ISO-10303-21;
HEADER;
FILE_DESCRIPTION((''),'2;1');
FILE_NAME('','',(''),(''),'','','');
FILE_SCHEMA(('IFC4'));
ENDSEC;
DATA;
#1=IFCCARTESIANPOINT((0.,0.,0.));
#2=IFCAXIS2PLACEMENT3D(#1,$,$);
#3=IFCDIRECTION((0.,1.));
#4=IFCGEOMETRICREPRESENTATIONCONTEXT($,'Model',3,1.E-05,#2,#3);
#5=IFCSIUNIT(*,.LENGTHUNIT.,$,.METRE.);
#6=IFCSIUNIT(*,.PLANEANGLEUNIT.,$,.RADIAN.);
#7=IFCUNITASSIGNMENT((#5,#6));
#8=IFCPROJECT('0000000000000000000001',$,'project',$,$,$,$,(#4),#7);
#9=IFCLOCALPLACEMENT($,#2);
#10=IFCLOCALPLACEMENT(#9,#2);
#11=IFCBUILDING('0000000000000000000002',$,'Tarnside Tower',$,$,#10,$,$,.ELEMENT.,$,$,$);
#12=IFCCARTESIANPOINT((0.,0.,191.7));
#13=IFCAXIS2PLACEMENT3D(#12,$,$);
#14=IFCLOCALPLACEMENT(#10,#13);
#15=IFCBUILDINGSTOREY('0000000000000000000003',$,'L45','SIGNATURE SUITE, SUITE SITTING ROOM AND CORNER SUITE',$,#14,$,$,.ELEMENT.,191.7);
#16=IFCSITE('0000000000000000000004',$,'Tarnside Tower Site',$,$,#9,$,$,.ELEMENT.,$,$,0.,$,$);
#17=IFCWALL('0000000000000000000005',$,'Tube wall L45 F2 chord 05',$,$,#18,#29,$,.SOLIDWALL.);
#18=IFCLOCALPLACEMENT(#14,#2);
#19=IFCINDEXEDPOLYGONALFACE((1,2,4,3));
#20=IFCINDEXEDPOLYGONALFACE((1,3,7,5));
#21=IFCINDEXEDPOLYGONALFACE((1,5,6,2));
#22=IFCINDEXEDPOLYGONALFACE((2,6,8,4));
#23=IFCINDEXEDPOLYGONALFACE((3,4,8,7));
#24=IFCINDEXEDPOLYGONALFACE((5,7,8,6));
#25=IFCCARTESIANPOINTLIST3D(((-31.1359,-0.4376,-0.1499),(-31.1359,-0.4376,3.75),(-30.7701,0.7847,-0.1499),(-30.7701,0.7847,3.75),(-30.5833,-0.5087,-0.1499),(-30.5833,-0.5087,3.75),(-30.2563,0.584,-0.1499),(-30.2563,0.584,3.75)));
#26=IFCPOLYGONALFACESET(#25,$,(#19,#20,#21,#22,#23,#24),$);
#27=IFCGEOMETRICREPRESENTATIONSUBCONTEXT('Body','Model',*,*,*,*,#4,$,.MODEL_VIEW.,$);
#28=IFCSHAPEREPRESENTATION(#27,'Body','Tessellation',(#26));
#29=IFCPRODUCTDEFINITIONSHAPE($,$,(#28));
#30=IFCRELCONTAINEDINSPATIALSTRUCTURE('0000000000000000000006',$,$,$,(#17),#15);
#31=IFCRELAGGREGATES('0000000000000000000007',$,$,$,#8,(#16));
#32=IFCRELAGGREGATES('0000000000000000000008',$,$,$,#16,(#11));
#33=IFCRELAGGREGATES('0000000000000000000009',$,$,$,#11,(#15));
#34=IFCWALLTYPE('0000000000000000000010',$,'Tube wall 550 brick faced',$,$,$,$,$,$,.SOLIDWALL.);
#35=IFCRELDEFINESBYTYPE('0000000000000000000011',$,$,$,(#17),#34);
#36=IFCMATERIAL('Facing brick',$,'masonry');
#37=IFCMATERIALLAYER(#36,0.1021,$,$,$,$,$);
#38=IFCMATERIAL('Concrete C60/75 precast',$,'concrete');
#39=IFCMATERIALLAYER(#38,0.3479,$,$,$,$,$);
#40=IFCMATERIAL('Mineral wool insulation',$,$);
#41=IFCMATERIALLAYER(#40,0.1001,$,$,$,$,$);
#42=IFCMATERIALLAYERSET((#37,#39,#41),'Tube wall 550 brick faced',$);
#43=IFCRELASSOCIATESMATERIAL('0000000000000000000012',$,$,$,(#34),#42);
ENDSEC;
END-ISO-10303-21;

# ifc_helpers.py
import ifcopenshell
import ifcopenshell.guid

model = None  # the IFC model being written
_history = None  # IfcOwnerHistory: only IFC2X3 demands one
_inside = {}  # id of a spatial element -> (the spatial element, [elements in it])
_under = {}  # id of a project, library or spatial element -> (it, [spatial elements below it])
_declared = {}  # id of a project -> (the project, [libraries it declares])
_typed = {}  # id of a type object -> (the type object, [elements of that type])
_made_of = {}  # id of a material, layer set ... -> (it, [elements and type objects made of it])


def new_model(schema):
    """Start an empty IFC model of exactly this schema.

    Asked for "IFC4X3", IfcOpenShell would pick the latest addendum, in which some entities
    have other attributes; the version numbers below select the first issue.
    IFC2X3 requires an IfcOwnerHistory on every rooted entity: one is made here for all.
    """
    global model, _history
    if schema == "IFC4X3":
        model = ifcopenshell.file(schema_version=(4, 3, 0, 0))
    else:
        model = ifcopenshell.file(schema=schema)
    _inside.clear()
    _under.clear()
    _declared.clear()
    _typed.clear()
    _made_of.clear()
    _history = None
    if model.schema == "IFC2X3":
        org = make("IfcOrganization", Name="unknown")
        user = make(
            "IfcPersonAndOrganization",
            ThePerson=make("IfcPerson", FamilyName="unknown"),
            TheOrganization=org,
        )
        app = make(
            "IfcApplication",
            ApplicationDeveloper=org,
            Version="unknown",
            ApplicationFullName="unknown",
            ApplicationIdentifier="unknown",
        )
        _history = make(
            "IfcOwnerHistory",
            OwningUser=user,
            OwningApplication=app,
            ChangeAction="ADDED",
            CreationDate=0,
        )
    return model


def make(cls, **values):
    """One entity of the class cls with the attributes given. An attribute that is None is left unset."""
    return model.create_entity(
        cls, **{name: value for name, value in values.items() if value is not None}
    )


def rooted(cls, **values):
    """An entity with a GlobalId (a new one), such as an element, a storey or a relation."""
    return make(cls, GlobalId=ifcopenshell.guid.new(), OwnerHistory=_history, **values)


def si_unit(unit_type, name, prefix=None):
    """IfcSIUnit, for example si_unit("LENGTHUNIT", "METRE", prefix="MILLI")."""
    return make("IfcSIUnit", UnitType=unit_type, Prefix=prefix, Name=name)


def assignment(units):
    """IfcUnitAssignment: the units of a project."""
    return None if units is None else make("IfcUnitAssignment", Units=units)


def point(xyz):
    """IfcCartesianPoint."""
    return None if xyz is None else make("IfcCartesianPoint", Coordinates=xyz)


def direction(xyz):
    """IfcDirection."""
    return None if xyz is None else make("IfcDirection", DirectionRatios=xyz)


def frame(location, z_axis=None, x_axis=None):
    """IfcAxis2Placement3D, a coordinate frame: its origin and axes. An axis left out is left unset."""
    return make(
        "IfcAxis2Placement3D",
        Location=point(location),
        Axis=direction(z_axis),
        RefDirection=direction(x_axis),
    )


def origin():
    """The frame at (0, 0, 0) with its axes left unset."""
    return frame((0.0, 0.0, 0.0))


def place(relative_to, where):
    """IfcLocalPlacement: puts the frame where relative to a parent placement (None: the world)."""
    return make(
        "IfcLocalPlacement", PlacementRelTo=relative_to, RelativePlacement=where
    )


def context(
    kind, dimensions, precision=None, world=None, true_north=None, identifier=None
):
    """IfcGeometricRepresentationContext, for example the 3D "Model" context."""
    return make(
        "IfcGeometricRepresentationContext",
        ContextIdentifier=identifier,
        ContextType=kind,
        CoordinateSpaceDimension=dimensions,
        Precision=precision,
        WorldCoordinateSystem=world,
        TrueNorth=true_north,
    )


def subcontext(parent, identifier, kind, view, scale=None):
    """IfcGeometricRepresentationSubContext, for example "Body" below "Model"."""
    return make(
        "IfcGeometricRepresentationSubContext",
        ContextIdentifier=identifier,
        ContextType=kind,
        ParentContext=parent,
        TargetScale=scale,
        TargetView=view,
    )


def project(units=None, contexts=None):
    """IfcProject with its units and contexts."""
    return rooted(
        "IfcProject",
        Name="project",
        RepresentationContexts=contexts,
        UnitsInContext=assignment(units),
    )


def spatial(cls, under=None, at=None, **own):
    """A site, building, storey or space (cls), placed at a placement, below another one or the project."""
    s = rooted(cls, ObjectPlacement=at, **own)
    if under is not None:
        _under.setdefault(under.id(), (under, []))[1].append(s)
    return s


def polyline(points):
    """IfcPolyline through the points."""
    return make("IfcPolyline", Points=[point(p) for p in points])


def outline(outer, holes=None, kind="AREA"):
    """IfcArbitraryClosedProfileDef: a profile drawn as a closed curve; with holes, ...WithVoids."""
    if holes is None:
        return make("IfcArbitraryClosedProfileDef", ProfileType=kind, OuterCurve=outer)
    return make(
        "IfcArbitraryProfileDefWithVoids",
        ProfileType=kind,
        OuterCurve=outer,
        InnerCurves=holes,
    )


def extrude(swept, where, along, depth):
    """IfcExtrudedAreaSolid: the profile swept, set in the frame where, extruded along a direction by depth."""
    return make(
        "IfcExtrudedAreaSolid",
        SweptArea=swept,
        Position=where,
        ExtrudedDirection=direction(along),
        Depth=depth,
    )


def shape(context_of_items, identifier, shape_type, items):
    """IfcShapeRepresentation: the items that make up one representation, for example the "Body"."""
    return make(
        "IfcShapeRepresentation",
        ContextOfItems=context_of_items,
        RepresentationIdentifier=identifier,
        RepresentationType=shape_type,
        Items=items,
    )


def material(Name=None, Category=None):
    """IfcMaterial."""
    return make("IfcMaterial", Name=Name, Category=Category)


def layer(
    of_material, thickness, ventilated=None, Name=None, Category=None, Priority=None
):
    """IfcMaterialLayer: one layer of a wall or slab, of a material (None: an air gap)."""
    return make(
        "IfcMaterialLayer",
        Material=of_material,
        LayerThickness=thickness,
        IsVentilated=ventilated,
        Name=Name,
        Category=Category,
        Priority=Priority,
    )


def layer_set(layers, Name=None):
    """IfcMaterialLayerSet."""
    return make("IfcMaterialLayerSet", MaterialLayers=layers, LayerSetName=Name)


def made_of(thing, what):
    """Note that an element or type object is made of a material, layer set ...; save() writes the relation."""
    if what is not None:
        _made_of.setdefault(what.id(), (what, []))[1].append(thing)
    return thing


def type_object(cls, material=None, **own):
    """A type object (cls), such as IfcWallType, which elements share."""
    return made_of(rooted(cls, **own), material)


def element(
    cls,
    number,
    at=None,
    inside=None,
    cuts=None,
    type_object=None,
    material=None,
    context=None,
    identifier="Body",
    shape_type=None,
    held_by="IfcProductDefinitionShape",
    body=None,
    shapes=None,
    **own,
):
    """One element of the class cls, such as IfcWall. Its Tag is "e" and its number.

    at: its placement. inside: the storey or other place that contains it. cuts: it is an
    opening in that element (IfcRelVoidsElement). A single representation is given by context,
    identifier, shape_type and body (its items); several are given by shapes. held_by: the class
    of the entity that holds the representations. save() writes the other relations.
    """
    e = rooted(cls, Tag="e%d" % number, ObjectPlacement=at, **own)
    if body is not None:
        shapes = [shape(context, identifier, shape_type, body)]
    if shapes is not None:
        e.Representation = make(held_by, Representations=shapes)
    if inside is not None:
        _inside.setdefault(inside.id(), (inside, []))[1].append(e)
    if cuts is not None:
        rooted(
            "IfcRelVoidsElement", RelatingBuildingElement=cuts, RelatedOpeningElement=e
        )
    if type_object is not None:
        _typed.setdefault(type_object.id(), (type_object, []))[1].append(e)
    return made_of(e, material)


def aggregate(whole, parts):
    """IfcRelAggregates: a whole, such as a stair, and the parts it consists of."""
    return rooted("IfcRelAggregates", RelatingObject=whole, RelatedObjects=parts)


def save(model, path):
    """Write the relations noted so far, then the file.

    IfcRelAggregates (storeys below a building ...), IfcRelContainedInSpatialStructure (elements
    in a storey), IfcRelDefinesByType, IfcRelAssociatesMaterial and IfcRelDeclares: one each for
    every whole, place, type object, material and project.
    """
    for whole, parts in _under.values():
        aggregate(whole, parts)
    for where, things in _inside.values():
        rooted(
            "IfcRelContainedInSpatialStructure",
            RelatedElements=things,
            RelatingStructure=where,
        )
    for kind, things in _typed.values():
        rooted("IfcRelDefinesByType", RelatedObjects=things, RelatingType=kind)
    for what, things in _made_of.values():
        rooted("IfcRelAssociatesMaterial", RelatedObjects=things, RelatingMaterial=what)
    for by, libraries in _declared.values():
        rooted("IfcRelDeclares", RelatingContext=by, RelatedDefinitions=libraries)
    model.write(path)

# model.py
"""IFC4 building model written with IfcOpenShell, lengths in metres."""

from ifc_helpers import new_model, si_unit, direction, frame, origin, place, context, subcontext, project, spatial, polyline, outline, extrude, material, layer, layer_set, type_object, element, save


model = new_model("IFC4")

# Units and contexts
model_context = context("Model", 3, precision=1e-05, world=origin(), true_north=direction((0.0, 1.0)))
body_context = subcontext(model_context, "Body", "Model", "MODEL_VIEW")
ifc_project = project(units=[si_unit("LENGTHUNIT", "METRE"), si_unit("PLANEANGLEUNIT", "RADIAN")], contexts=[model_context])

# Site, building, storey
site_placement = place(None, origin())
site = spatial("IfcSite", under=ifc_project, at=site_placement, Name="Tarnside Tower Site", CompositionType="ELEMENT", RefElevation=0.0)
building_placement = place(site_placement, origin())
building = spatial("IfcBuilding", under=site, at=building_placement, Name="Tarnside Tower", CompositionType="ELEMENT")
storey_placement = place(building_placement, frame((0.0, 0.0, 191.7)))
storey = spatial("IfcBuildingStorey", under=building, at=storey_placement, Name="L45", Description="SIGNATURE SUITE, SUITE SITTING ROOM AND CORNER SUITE", CompositionType="ELEMENT", Elevation=191.7)

# Wall
ifc_material_1 = material(Name="Facing brick", Category="masonry")
ifc_layer_1 = layer(ifc_material_1, 0.1021)
ifc_material_2 = material(Name="Concrete C60/75 precast", Category="concrete")
ifc_layer_2 = layer(ifc_material_2, 0.3479)
ifc_material_3 = material(Name="Mineral wool insulation")
ifc_layer_3 = layer(ifc_material_3, 0.1001)
ifc_layer_set_1 = layer_set([ifc_layer_1, ifc_layer_2, ifc_layer_3], Name="Tube wall 550 brick faced")
wall_type_1 = type_object("IfcWallType", Name="Tube wall 550 brick faced", PredefinedType="SOLIDWALL", material=ifc_layer_set_1)
wall_1_placement = place(storey_placement, frame((-30.5132, 0.6843, -0.1499), z_axis=(0.0, 0.0, 1.0), x_axis=(-0.286736, -0.95801, 0.0)))
element("IfcWall", 1, at=wall_1_placement, inside=storey, type_object=wall_type_1, Name="Tube wall L45 F2 chord 05", PredefinedType="SOLIDWALL", context=body_context, shape_type="SweptSolid", body=[
    extrude(outline(polyline([(-0.0225, -0.2749), (1.2534, -0.2749), (1.1631, 0.2749), (0.0225, 0.2749), (-0.0225, -0.2749)])), origin(), (0.0, 0.0, 1.0), 3.8999),
])

save(model, "model.ifc")
